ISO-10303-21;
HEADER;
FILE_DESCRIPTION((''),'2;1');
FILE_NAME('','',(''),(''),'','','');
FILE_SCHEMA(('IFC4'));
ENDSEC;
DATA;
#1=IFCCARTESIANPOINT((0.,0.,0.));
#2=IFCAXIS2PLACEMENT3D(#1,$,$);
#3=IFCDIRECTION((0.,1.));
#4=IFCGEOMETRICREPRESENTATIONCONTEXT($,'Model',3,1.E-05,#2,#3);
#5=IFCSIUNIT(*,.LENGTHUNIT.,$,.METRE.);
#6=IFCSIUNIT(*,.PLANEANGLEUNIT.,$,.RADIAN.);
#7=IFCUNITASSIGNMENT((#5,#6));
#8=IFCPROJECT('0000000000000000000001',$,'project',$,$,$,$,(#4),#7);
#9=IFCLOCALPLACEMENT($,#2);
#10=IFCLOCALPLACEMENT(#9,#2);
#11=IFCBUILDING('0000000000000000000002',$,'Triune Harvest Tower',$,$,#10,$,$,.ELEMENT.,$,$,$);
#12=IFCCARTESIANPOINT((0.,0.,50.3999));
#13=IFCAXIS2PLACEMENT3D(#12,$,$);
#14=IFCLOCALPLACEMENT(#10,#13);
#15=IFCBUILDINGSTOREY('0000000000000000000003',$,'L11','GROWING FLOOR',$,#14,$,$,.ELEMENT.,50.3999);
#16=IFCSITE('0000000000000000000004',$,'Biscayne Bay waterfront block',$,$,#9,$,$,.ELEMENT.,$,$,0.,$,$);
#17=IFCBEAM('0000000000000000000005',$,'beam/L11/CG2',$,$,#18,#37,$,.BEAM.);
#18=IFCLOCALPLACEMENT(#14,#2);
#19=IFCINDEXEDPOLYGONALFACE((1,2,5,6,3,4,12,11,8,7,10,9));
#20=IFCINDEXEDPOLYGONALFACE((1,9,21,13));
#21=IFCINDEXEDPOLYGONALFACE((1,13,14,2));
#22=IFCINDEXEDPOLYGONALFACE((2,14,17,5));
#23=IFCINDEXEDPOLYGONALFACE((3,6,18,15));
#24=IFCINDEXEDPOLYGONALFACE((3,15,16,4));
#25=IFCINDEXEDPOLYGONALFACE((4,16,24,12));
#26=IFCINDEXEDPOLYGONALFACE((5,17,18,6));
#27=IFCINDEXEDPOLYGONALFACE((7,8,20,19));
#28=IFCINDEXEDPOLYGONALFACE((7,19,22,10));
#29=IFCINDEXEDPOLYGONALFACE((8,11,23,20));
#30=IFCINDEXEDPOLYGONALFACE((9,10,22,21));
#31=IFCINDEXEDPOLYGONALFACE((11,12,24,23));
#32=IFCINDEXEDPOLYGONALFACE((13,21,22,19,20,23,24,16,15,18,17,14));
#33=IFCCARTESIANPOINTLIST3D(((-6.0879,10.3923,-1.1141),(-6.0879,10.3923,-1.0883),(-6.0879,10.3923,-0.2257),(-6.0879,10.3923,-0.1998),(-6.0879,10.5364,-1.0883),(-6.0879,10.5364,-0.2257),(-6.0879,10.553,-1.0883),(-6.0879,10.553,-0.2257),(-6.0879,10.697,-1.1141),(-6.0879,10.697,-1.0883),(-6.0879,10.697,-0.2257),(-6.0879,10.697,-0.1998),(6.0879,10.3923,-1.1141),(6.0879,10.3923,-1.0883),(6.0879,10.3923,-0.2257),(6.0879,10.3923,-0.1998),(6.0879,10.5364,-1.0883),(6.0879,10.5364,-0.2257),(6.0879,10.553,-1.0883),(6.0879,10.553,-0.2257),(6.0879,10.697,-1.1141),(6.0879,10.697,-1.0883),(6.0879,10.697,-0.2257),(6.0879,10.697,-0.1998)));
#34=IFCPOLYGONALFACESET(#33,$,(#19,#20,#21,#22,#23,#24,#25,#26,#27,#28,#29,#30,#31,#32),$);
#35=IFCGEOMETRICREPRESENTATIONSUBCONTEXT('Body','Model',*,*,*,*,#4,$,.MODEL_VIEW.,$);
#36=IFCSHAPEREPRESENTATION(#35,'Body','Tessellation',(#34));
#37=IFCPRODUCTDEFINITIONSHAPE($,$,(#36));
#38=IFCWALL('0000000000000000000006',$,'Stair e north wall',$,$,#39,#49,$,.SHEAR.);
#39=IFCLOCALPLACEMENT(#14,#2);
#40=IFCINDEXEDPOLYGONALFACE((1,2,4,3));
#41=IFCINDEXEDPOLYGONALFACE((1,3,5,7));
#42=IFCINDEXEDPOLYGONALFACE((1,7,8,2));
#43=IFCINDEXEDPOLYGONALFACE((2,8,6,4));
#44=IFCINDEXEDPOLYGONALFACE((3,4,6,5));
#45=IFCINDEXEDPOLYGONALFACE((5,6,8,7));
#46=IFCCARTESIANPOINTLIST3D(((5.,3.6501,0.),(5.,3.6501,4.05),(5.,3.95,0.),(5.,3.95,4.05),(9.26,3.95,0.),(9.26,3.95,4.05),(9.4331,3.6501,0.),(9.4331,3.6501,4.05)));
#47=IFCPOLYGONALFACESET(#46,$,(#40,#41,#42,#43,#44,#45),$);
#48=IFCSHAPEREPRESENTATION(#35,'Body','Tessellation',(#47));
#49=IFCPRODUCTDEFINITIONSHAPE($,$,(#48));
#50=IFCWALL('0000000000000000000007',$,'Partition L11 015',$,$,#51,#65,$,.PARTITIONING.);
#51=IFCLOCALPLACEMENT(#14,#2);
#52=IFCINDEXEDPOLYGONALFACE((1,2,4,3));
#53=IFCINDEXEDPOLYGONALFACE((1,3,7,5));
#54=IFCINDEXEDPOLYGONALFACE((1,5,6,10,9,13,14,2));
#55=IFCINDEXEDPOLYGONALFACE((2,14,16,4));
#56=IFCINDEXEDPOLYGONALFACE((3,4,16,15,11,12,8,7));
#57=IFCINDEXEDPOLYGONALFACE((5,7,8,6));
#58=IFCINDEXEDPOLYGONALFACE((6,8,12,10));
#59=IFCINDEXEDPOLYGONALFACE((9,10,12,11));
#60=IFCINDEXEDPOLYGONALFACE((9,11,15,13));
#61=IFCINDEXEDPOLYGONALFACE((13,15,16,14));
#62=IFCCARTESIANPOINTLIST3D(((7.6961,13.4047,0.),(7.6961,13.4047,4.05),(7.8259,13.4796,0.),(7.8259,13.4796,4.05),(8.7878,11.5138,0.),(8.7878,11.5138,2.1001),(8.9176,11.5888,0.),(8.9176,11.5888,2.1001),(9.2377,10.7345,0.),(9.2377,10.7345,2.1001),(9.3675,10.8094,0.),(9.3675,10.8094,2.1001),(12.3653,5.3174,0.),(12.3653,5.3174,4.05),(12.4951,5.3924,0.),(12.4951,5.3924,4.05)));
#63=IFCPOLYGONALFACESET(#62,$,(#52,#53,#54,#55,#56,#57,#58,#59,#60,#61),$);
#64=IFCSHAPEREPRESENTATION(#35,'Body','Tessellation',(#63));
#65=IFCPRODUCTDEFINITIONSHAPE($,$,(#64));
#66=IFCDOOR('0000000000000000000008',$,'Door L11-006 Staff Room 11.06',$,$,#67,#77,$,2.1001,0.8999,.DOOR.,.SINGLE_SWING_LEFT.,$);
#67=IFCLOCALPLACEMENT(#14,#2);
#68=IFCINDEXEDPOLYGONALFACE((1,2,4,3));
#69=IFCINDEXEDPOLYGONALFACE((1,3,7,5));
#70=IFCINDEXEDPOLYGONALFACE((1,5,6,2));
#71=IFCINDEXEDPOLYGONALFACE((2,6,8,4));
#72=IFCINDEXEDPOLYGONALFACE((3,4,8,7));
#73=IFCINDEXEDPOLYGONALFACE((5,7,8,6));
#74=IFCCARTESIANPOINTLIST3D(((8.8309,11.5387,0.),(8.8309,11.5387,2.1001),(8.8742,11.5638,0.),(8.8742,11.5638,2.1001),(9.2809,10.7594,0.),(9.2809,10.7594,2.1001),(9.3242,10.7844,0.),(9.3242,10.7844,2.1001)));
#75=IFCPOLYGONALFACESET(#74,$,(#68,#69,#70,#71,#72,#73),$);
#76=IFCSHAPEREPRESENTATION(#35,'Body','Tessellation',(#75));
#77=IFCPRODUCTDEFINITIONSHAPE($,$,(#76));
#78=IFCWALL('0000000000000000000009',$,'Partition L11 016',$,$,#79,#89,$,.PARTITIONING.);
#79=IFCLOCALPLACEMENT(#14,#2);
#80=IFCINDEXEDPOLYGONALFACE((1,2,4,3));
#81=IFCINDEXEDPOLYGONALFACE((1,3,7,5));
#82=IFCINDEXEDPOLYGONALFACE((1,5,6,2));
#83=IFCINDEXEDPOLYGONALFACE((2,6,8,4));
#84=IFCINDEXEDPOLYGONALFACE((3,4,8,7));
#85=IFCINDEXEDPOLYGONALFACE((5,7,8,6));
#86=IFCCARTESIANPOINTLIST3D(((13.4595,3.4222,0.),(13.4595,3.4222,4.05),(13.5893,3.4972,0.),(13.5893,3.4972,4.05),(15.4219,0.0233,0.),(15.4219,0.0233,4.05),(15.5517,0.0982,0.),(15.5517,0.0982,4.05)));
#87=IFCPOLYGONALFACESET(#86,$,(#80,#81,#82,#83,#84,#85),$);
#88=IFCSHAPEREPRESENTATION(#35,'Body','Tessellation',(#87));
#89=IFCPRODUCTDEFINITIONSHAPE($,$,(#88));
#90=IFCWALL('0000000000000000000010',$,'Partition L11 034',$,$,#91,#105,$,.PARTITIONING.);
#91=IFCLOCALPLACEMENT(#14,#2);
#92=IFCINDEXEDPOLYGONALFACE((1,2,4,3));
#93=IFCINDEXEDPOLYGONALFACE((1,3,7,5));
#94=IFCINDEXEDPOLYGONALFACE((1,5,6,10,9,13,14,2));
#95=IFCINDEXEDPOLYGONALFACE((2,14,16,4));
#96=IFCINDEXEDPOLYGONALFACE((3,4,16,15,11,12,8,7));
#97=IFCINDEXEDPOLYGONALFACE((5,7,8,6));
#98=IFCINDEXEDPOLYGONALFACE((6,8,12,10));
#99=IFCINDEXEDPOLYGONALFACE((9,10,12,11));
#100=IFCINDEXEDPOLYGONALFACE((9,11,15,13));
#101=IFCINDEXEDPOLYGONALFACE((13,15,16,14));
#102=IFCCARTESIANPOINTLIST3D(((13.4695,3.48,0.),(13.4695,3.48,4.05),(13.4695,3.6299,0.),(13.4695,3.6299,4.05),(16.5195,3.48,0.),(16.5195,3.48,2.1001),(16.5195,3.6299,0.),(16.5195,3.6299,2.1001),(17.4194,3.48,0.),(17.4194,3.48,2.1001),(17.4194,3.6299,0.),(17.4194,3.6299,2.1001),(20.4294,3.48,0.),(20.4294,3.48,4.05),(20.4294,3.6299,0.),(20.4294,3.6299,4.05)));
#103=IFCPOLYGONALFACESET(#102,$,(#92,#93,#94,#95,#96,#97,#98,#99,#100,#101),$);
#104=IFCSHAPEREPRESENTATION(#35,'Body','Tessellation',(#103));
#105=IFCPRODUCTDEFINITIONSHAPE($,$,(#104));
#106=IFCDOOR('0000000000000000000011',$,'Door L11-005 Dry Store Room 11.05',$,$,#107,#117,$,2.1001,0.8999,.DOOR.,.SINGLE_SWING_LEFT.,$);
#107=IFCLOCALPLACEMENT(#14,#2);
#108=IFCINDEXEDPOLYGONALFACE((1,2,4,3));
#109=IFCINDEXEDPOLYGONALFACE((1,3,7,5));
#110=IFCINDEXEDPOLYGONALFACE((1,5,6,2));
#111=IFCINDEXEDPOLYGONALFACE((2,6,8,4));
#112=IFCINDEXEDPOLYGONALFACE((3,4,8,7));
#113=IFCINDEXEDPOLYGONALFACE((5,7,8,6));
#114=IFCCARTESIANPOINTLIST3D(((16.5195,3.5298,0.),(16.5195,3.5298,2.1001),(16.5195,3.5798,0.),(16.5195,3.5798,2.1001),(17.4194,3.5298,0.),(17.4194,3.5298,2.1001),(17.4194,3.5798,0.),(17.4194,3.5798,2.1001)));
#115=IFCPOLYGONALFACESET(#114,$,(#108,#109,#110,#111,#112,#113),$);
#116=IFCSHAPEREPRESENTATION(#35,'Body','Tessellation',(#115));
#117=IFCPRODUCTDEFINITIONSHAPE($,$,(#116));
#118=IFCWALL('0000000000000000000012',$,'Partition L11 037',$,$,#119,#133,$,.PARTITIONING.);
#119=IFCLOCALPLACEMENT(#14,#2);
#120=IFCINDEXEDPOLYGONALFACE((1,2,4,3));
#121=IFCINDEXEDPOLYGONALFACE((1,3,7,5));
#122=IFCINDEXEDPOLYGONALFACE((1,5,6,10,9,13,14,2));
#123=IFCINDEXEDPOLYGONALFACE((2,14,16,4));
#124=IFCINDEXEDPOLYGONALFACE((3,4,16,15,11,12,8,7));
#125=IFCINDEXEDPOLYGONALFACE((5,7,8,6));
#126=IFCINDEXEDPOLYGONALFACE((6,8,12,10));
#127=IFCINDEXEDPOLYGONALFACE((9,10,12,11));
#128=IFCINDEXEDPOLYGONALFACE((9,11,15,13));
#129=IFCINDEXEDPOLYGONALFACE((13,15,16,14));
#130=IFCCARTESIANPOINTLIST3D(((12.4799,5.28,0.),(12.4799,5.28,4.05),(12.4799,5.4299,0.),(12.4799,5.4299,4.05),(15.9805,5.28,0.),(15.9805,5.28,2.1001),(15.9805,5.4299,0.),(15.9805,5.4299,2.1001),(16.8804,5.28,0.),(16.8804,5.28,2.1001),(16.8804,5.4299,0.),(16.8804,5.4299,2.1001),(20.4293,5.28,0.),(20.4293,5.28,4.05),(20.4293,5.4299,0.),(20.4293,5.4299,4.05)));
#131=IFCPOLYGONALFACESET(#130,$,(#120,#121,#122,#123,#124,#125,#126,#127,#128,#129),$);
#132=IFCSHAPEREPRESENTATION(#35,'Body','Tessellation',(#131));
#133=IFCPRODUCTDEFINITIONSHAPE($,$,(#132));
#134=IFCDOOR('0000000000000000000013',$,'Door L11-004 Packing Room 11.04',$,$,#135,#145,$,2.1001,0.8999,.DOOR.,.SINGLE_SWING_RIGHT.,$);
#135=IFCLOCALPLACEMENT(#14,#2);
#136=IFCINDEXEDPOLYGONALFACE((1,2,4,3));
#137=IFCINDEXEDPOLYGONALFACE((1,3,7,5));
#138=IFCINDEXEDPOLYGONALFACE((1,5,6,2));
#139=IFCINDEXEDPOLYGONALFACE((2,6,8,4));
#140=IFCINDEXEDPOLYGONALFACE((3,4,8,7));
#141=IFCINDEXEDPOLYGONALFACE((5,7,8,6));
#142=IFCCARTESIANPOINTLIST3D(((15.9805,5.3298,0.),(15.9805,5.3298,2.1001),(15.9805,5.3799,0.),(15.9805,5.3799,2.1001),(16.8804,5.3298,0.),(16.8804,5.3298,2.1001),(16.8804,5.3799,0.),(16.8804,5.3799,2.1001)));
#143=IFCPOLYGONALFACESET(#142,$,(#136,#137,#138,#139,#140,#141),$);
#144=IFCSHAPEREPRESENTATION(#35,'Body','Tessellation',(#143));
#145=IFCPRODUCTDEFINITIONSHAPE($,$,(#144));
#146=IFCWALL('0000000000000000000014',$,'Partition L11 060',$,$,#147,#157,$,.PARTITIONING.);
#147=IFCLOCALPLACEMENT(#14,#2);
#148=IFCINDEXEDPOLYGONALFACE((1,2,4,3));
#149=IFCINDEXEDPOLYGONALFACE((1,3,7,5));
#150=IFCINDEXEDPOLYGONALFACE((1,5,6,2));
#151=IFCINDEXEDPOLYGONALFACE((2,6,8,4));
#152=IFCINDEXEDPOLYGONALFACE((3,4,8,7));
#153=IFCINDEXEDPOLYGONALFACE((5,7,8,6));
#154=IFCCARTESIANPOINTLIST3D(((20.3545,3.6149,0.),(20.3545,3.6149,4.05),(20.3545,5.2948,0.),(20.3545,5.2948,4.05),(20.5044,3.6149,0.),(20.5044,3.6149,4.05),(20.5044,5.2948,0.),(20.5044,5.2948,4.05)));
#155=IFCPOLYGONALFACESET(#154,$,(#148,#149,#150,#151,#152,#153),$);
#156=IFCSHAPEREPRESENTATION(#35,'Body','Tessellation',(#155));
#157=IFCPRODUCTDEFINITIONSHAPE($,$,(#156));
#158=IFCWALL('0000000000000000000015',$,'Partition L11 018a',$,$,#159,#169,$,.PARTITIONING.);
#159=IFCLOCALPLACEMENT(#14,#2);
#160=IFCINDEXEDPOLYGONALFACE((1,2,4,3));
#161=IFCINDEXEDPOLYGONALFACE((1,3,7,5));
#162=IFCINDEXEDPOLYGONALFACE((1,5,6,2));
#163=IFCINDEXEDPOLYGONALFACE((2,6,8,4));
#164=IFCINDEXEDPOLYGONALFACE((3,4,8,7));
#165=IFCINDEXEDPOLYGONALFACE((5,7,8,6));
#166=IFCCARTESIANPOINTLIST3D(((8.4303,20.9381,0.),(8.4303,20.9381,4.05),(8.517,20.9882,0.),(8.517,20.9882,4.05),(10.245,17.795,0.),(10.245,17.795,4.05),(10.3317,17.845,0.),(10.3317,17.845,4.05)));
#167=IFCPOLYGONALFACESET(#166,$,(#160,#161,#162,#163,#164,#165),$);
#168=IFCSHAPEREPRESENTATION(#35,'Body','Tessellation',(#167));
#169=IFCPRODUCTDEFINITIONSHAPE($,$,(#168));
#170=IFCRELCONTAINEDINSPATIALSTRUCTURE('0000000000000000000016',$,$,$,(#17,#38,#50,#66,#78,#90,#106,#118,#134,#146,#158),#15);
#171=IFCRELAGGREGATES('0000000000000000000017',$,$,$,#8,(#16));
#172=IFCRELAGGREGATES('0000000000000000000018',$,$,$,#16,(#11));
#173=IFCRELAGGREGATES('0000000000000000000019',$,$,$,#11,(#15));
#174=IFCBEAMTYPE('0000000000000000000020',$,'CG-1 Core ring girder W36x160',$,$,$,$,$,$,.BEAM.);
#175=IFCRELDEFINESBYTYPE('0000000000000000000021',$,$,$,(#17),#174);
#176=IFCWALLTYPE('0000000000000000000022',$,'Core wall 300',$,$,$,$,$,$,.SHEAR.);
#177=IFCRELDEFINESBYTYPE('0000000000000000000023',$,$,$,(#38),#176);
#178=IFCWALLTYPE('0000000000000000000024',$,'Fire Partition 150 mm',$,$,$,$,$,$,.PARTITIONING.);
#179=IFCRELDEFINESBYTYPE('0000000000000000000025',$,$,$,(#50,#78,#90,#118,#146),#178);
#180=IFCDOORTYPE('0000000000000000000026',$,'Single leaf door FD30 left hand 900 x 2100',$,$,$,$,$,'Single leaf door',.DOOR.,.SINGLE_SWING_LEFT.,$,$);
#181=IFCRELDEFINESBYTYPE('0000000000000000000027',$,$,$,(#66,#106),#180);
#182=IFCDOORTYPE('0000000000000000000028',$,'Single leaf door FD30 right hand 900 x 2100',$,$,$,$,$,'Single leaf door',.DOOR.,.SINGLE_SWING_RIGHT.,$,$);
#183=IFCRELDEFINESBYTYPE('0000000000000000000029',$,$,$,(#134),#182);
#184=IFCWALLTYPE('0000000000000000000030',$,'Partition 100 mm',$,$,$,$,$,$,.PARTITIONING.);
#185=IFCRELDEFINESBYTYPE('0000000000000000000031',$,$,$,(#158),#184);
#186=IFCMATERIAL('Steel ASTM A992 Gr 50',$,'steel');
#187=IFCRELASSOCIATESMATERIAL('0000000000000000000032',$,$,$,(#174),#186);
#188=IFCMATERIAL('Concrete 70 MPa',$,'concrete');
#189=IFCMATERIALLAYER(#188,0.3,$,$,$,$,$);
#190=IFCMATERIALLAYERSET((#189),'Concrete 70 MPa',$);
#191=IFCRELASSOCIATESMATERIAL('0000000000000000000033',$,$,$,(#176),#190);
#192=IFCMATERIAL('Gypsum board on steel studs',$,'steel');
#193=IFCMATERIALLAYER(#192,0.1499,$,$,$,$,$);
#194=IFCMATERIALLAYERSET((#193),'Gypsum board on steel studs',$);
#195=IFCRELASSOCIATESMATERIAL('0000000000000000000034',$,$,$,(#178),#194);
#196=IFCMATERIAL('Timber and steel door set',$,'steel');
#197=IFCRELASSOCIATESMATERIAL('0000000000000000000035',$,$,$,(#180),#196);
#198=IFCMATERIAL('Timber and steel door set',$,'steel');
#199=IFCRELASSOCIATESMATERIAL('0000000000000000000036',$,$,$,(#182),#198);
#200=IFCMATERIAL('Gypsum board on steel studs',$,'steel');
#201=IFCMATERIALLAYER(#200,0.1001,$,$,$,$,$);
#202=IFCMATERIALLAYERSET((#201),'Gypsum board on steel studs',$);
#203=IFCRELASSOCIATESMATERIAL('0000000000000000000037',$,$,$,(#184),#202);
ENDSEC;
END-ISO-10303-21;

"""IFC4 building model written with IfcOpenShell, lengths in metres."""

from ifc_helpers import new_model, si_unit, direction, frame, frame_2d, origin, origin_2d, place, context, subcontext, project, spatial, polyline, rectangle, i_section, outline, extrude, source, transform, mapped, material, layer, layer_set, material_profile, profile_set, type_object, element, fill, save


model = new_model("IFC4")

# Units and contexts
model_context = context("Model", 3, precision=1e-05, world=origin(), true_north=direction((0.0, 1.0)))
body_context = subcontext(model_context, "Body", "Model", "MODEL_VIEW")
ifc_project = project(units=[si_unit("LENGTHUNIT", "METRE"), si_unit("PLANEANGLEUNIT", "RADIAN")], contexts=[model_context])

# Site, building, storey
site_placement = place(None, origin())
site = spatial("IfcSite", under=ifc_project, at=site_placement, Name="Biscayne Bay waterfront block", CompositionType="ELEMENT", RefElevation=0.0)
building_placement = place(site_placement, origin())
building = spatial("IfcBuilding", under=site, at=building_placement, Name="Triune Harvest Tower", CompositionType="ELEMENT")
storey_placement = place(building_placement, frame((0.0, 0.0, 50.3999)))
storey = spatial("IfcBuildingStorey", under=building, at=storey_placement, Name="L11", Description="GROWING FLOOR", CompositionType="ELEMENT", Elevation=50.3999)

# Beam
ifc_material_1 = material(Name="Steel ASTM A992 Gr 50", Category="steel")
ifc_material_profile = material_profile(ifc_material_1, i_section(OverallWidth=0.3047, OverallDepth=0.9143, WebThickness=0.0166, FlangeThickness=0.0259, at=origin_2d()), Name="W36x160")
ifc_profile_set = profile_set([ifc_material_profile], Name="Steel ASTM A992 Gr 50")
beam_type = type_object("IfcBeamType", Name="CG-1 Core ring girder W36x160", PredefinedType="BEAM", material=ifc_profile_set)
shared_shape_1 = source(origin(), body_context, "Body", "SweptSolid", [
    extrude(i_section(OverallWidth=0.3047, OverallDepth=0.9143, WebThickness=0.0166, FlangeThickness=0.0259, at=origin_2d()), origin(), (0.0, 0.0, 1.0), 12.1758),
])
beam_placement = place(storey_placement, frame((6.0879, 10.5447, -0.657), z_axis=(-1.0, 0.0, 0.0), x_axis=(0.0, -1.0, 0.0)))
element("IfcBeam", 1, at=beam_placement, inside=storey, type_object=beam_type, Name="beam/L11/CG2", PredefinedType="BEAM", context=body_context, shape_type="MappedRepresentation", body=[
    mapped(shared_shape_1, transform((0.0, 0.0, 0.0), scale=1.0)),
])

# Wall
ifc_material_2 = material(Name="Concrete 70 MPa", Category="concrete")
ifc_layer_1 = layer(ifc_material_2, 0.3)
ifc_layer_set_1 = layer_set([ifc_layer_1], Name="Concrete 70 MPa")
wall_type_1 = type_object("IfcWallType", Name="Core wall 300", PredefinedType="SHEAR", material=ifc_layer_set_1)
wall_1_placement = place(storey_placement, frame((5.0, 3.8, 0.0), z_axis=(0.0, 0.0, 1.0), x_axis=(1.0, 0.0, 0.0)))
element("IfcWall", 2, at=wall_1_placement, inside=storey, type_object=wall_type_1, Name="Stair e north wall", PredefinedType="SHEAR", context=body_context, shape_type="SweptSolid", body=[
    extrude(outline(polyline([(0.0, -0.1499), (0.0, 0.1499), (4.26, 0.1499), (4.4331, -0.1499), (0.0, -0.1499)])), origin(), (0.0, 0.0, 1.0), 4.05),
])

# Wall, opening, door
ifc_material_3 = material(Name="Gypsum board on steel studs", Category="steel")
ifc_layer_2 = layer(ifc_material_3, 0.1499)
ifc_layer_set_2 = layer_set([ifc_layer_2], Name="Gypsum board on steel studs")
wall_type_2 = type_object("IfcWallType", Name="Fire Partition 150 mm", PredefinedType="PARTITIONING", material=ifc_layer_set_2)
wall_2_placement = place(storey_placement, frame((7.761, 13.4421, 0.0), z_axis=(0.0, 0.0, 1.0), x_axis=(0.500005, -0.866022, 0.0)))
wall_2 = element("IfcWall", 3, at=wall_2_placement, inside=storey, type_object=wall_type_2, Name="Partition L11 015", PredefinedType="PARTITIONING", context=body_context, shape_type="SweptSolid", body=[
    extrude(rectangle(XDim=9.3384, YDim=0.1499, at=frame_2d((4.6692, 0.0))), origin(), (0.0, 0.0, 1.0), 4.05),
])
opening_1_placement = place(wall_2_placement, frame((2.1833, 0.0, 0.0)))
opening_1 = element("IfcOpeningElement", 4, at=opening_1_placement, cuts=wall_2, PredefinedType="OPENING", context=body_context, shape_type="SweptSolid", body=[
    extrude(rectangle(XDim=0.8999, YDim=2.1001, at=frame_2d((0.45, 1.05))), frame((0.0, 0.085, 0.0), z_axis=(0.0, -1.0, 0.0), x_axis=(1.0, 0.0, 0.0)), (0.0, 0.0, 1.0), 0.1699),
])
ifc_material_4 = material(Name="Timber and steel door set", Category="steel")
door_type_1 = type_object("IfcDoorType", Name="Single leaf door FD30 left hand 900 x 2100", ElementType="Single leaf door", OperationType="SINGLE_SWING_LEFT", PredefinedType="DOOR", material=ifc_material_4)
door_1_placement = place(opening_1_placement, origin())
door_1 = element("IfcDoor", 5, at=door_1_placement, inside=storey, type_object=door_type_1, Name="Door L11-006 Staff Room 11.06", OperationType="SINGLE_SWING_LEFT", OverallHeight=2.1001, OverallWidth=0.8999, PredefinedType="DOOR", context=body_context, shape_type="SweptSolid", body=[
    extrude(rectangle(XDim=0.8999, YDim=2.1001, at=frame_2d((0.45, 1.05))), frame((0.0, 0.0249, 0.0), z_axis=(0.0, -1.0, 0.0), x_axis=(1.0, 0.0, 0.0)), (0.0, 0.0, 1.0), 0.05),
])
fill(opening_1, door_1)

# Wall
wall_3_placement = place(storey_placement, frame((13.5244, 3.4597, 0.0), z_axis=(0.0, 0.0, 1.0), x_axis=(0.500006, -0.866022, 0.0)))
element("IfcWall", 6, at=wall_3_placement, inside=storey, type_object=wall_type_2, Name="Partition L11 016", PredefinedType="PARTITIONING", context=body_context, shape_type="SweptSolid", body=[
    extrude(rectangle(XDim=3.9248, YDim=0.1499, at=frame_2d((1.9624, 0.0))), origin(), (0.0, 0.0, 1.0), 4.05),
])

# Walls, openings, doors
wall_4_placement = place(storey_placement, frame((13.4695, 3.5549, 0.0), z_axis=(0.0, 0.0, 1.0), x_axis=(1.0, 0.0, 0.0)))
wall_4 = element("IfcWall", 7, at=wall_4_placement, inside=storey, type_object=wall_type_2, Name="Partition L11 034", PredefinedType="PARTITIONING", context=body_context, shape_type="SweptSolid", body=[
    extrude(rectangle(XDim=6.96, YDim=0.1499, at=frame_2d((3.48, 0.0))), origin(), (0.0, 0.0, 1.0), 4.05),
])
opening_2_placement = place(wall_4_placement, frame((3.05, 0.0, 0.0)))
opening_2 = element("IfcOpeningElement", 8, at=opening_2_placement, cuts=wall_4, PredefinedType="OPENING", context=body_context, shape_type="SweptSolid", body=[
    extrude(rectangle(XDim=0.8999, YDim=2.1001, at=frame_2d((0.45, 1.05))), frame((0.0, 0.085, 0.0), z_axis=(0.0, -1.0, 0.0), x_axis=(1.0, 0.0, 0.0)), (0.0, 0.0, 1.0), 0.1699),
])
door_2_placement = place(opening_2_placement, origin())
door_2 = element("IfcDoor", 9, at=door_2_placement, inside=storey, type_object=door_type_1, Name="Door L11-005 Dry Store Room 11.05", OperationType="SINGLE_SWING_LEFT", OverallHeight=2.1001, OverallWidth=0.8999, PredefinedType="DOOR", context=body_context, shape_type="SweptSolid", body=[
    extrude(rectangle(XDim=0.8999, YDim=2.1001, at=frame_2d((0.45, 1.05))), frame((0.0, 0.0249, 0.0), z_axis=(0.0, -1.0, 0.0), x_axis=(1.0, 0.0, 0.0)), (0.0, 0.0, 1.0), 0.05),
])
fill(opening_2, door_2)
wall_5_placement = place(storey_placement, frame((12.48, 5.355, 0.0), z_axis=(0.0, 0.0, 1.0), x_axis=(1.0, 0.0, 0.0)))
wall_5 = element("IfcWall", 10, at=wall_5_placement, inside=storey, type_object=wall_type_2, Name="Partition L11 037", PredefinedType="PARTITIONING", context=body_context, shape_type="SweptSolid", body=[
    extrude(rectangle(XDim=7.9495, YDim=0.1499, at=frame_2d((3.9746, 0.0))), origin(), (0.0, 0.0, 1.0), 4.05),
])
opening_3_placement = place(wall_5_placement, frame((3.5005, 0.0, 0.0)))
opening_3 = element("IfcOpeningElement", 11, at=opening_3_placement, cuts=wall_5, PredefinedType="OPENING", context=body_context, shape_type="SweptSolid", body=[
    extrude(rectangle(XDim=0.8999, YDim=2.1001, at=frame_2d((0.45, 1.05))), frame((0.0, 0.085, 0.0), z_axis=(0.0, -1.0, 0.0), x_axis=(1.0, 0.0, 0.0)), (0.0, 0.0, 1.0), 0.1699),
])
ifc_material_5 = material(Name="Timber and steel door set", Category="steel")
door_type_2 = type_object("IfcDoorType", Name="Single leaf door FD30 right hand 900 x 2100", ElementType="Single leaf door", OperationType="SINGLE_SWING_RIGHT", PredefinedType="DOOR", material=ifc_material_5)
door_3_placement = place(opening_3_placement, origin())
door_3 = element("IfcDoor", 12, at=door_3_placement, inside=storey, type_object=door_type_2, Name="Door L11-004 Packing Room 11.04", OperationType="SINGLE_SWING_RIGHT", OverallHeight=2.1001, OverallWidth=0.8999, PredefinedType="DOOR", context=body_context, shape_type="SweptSolid", body=[
    extrude(rectangle(XDim=0.8999, YDim=2.1001, at=frame_2d((0.45, 1.05))), frame((0.0, 0.0249, 0.0), z_axis=(0.0, -1.0, 0.0), x_axis=(1.0, 0.0, 0.0)), (0.0, 0.0, 1.0), 0.05),
])
fill(opening_3, door_3)

# Walls
wall_6_placement = place(storey_placement, frame((20.4294, 3.615, 0.0), z_axis=(0.0, 0.0, 1.0), x_axis=(0.0, 1.0, 0.0)))
element("IfcWall", 13, at=wall_6_placement, inside=storey, type_object=wall_type_2, Name="Partition L11 060", PredefinedType="PARTITIONING", context=body_context, shape_type="SweptSolid", body=[
    extrude(rectangle(XDim=1.6799, YDim=0.1499, at=frame_2d((0.8398, 0.0))), origin(), (0.0, 0.0, 1.0), 4.05),
])
ifc_material_6 = material(Name="Gypsum board on steel studs", Category="steel")
ifc_layer_3 = layer(ifc_material_6, 0.1001)
ifc_layer_set_3 = layer_set([ifc_layer_3], Name="Gypsum board on steel studs")
wall_type_3 = type_object("IfcWallType", Name="Partition 100 mm", PredefinedType="PARTITIONING", material=ifc_layer_set_3)
wall_7_placement = place(storey_placement, frame((8.4736, 20.9631, 0.0), z_axis=(0.0, 0.0, 1.0), x_axis=(0.50001, -0.86602, 0.0)))
element("IfcWall", 14, at=wall_7_placement, inside=storey, type_object=wall_type_3, Name="Partition L11 018a", PredefinedType="PARTITIONING", context=body_context, shape_type="SweptSolid", body=[
    extrude(rectangle(XDim=3.6294, YDim=0.1001, at=frame_2d((1.8147, 0.0))), origin(), (0.0, 0.0, 1.0), 4.05),
])

save(model, "model.ifc")
